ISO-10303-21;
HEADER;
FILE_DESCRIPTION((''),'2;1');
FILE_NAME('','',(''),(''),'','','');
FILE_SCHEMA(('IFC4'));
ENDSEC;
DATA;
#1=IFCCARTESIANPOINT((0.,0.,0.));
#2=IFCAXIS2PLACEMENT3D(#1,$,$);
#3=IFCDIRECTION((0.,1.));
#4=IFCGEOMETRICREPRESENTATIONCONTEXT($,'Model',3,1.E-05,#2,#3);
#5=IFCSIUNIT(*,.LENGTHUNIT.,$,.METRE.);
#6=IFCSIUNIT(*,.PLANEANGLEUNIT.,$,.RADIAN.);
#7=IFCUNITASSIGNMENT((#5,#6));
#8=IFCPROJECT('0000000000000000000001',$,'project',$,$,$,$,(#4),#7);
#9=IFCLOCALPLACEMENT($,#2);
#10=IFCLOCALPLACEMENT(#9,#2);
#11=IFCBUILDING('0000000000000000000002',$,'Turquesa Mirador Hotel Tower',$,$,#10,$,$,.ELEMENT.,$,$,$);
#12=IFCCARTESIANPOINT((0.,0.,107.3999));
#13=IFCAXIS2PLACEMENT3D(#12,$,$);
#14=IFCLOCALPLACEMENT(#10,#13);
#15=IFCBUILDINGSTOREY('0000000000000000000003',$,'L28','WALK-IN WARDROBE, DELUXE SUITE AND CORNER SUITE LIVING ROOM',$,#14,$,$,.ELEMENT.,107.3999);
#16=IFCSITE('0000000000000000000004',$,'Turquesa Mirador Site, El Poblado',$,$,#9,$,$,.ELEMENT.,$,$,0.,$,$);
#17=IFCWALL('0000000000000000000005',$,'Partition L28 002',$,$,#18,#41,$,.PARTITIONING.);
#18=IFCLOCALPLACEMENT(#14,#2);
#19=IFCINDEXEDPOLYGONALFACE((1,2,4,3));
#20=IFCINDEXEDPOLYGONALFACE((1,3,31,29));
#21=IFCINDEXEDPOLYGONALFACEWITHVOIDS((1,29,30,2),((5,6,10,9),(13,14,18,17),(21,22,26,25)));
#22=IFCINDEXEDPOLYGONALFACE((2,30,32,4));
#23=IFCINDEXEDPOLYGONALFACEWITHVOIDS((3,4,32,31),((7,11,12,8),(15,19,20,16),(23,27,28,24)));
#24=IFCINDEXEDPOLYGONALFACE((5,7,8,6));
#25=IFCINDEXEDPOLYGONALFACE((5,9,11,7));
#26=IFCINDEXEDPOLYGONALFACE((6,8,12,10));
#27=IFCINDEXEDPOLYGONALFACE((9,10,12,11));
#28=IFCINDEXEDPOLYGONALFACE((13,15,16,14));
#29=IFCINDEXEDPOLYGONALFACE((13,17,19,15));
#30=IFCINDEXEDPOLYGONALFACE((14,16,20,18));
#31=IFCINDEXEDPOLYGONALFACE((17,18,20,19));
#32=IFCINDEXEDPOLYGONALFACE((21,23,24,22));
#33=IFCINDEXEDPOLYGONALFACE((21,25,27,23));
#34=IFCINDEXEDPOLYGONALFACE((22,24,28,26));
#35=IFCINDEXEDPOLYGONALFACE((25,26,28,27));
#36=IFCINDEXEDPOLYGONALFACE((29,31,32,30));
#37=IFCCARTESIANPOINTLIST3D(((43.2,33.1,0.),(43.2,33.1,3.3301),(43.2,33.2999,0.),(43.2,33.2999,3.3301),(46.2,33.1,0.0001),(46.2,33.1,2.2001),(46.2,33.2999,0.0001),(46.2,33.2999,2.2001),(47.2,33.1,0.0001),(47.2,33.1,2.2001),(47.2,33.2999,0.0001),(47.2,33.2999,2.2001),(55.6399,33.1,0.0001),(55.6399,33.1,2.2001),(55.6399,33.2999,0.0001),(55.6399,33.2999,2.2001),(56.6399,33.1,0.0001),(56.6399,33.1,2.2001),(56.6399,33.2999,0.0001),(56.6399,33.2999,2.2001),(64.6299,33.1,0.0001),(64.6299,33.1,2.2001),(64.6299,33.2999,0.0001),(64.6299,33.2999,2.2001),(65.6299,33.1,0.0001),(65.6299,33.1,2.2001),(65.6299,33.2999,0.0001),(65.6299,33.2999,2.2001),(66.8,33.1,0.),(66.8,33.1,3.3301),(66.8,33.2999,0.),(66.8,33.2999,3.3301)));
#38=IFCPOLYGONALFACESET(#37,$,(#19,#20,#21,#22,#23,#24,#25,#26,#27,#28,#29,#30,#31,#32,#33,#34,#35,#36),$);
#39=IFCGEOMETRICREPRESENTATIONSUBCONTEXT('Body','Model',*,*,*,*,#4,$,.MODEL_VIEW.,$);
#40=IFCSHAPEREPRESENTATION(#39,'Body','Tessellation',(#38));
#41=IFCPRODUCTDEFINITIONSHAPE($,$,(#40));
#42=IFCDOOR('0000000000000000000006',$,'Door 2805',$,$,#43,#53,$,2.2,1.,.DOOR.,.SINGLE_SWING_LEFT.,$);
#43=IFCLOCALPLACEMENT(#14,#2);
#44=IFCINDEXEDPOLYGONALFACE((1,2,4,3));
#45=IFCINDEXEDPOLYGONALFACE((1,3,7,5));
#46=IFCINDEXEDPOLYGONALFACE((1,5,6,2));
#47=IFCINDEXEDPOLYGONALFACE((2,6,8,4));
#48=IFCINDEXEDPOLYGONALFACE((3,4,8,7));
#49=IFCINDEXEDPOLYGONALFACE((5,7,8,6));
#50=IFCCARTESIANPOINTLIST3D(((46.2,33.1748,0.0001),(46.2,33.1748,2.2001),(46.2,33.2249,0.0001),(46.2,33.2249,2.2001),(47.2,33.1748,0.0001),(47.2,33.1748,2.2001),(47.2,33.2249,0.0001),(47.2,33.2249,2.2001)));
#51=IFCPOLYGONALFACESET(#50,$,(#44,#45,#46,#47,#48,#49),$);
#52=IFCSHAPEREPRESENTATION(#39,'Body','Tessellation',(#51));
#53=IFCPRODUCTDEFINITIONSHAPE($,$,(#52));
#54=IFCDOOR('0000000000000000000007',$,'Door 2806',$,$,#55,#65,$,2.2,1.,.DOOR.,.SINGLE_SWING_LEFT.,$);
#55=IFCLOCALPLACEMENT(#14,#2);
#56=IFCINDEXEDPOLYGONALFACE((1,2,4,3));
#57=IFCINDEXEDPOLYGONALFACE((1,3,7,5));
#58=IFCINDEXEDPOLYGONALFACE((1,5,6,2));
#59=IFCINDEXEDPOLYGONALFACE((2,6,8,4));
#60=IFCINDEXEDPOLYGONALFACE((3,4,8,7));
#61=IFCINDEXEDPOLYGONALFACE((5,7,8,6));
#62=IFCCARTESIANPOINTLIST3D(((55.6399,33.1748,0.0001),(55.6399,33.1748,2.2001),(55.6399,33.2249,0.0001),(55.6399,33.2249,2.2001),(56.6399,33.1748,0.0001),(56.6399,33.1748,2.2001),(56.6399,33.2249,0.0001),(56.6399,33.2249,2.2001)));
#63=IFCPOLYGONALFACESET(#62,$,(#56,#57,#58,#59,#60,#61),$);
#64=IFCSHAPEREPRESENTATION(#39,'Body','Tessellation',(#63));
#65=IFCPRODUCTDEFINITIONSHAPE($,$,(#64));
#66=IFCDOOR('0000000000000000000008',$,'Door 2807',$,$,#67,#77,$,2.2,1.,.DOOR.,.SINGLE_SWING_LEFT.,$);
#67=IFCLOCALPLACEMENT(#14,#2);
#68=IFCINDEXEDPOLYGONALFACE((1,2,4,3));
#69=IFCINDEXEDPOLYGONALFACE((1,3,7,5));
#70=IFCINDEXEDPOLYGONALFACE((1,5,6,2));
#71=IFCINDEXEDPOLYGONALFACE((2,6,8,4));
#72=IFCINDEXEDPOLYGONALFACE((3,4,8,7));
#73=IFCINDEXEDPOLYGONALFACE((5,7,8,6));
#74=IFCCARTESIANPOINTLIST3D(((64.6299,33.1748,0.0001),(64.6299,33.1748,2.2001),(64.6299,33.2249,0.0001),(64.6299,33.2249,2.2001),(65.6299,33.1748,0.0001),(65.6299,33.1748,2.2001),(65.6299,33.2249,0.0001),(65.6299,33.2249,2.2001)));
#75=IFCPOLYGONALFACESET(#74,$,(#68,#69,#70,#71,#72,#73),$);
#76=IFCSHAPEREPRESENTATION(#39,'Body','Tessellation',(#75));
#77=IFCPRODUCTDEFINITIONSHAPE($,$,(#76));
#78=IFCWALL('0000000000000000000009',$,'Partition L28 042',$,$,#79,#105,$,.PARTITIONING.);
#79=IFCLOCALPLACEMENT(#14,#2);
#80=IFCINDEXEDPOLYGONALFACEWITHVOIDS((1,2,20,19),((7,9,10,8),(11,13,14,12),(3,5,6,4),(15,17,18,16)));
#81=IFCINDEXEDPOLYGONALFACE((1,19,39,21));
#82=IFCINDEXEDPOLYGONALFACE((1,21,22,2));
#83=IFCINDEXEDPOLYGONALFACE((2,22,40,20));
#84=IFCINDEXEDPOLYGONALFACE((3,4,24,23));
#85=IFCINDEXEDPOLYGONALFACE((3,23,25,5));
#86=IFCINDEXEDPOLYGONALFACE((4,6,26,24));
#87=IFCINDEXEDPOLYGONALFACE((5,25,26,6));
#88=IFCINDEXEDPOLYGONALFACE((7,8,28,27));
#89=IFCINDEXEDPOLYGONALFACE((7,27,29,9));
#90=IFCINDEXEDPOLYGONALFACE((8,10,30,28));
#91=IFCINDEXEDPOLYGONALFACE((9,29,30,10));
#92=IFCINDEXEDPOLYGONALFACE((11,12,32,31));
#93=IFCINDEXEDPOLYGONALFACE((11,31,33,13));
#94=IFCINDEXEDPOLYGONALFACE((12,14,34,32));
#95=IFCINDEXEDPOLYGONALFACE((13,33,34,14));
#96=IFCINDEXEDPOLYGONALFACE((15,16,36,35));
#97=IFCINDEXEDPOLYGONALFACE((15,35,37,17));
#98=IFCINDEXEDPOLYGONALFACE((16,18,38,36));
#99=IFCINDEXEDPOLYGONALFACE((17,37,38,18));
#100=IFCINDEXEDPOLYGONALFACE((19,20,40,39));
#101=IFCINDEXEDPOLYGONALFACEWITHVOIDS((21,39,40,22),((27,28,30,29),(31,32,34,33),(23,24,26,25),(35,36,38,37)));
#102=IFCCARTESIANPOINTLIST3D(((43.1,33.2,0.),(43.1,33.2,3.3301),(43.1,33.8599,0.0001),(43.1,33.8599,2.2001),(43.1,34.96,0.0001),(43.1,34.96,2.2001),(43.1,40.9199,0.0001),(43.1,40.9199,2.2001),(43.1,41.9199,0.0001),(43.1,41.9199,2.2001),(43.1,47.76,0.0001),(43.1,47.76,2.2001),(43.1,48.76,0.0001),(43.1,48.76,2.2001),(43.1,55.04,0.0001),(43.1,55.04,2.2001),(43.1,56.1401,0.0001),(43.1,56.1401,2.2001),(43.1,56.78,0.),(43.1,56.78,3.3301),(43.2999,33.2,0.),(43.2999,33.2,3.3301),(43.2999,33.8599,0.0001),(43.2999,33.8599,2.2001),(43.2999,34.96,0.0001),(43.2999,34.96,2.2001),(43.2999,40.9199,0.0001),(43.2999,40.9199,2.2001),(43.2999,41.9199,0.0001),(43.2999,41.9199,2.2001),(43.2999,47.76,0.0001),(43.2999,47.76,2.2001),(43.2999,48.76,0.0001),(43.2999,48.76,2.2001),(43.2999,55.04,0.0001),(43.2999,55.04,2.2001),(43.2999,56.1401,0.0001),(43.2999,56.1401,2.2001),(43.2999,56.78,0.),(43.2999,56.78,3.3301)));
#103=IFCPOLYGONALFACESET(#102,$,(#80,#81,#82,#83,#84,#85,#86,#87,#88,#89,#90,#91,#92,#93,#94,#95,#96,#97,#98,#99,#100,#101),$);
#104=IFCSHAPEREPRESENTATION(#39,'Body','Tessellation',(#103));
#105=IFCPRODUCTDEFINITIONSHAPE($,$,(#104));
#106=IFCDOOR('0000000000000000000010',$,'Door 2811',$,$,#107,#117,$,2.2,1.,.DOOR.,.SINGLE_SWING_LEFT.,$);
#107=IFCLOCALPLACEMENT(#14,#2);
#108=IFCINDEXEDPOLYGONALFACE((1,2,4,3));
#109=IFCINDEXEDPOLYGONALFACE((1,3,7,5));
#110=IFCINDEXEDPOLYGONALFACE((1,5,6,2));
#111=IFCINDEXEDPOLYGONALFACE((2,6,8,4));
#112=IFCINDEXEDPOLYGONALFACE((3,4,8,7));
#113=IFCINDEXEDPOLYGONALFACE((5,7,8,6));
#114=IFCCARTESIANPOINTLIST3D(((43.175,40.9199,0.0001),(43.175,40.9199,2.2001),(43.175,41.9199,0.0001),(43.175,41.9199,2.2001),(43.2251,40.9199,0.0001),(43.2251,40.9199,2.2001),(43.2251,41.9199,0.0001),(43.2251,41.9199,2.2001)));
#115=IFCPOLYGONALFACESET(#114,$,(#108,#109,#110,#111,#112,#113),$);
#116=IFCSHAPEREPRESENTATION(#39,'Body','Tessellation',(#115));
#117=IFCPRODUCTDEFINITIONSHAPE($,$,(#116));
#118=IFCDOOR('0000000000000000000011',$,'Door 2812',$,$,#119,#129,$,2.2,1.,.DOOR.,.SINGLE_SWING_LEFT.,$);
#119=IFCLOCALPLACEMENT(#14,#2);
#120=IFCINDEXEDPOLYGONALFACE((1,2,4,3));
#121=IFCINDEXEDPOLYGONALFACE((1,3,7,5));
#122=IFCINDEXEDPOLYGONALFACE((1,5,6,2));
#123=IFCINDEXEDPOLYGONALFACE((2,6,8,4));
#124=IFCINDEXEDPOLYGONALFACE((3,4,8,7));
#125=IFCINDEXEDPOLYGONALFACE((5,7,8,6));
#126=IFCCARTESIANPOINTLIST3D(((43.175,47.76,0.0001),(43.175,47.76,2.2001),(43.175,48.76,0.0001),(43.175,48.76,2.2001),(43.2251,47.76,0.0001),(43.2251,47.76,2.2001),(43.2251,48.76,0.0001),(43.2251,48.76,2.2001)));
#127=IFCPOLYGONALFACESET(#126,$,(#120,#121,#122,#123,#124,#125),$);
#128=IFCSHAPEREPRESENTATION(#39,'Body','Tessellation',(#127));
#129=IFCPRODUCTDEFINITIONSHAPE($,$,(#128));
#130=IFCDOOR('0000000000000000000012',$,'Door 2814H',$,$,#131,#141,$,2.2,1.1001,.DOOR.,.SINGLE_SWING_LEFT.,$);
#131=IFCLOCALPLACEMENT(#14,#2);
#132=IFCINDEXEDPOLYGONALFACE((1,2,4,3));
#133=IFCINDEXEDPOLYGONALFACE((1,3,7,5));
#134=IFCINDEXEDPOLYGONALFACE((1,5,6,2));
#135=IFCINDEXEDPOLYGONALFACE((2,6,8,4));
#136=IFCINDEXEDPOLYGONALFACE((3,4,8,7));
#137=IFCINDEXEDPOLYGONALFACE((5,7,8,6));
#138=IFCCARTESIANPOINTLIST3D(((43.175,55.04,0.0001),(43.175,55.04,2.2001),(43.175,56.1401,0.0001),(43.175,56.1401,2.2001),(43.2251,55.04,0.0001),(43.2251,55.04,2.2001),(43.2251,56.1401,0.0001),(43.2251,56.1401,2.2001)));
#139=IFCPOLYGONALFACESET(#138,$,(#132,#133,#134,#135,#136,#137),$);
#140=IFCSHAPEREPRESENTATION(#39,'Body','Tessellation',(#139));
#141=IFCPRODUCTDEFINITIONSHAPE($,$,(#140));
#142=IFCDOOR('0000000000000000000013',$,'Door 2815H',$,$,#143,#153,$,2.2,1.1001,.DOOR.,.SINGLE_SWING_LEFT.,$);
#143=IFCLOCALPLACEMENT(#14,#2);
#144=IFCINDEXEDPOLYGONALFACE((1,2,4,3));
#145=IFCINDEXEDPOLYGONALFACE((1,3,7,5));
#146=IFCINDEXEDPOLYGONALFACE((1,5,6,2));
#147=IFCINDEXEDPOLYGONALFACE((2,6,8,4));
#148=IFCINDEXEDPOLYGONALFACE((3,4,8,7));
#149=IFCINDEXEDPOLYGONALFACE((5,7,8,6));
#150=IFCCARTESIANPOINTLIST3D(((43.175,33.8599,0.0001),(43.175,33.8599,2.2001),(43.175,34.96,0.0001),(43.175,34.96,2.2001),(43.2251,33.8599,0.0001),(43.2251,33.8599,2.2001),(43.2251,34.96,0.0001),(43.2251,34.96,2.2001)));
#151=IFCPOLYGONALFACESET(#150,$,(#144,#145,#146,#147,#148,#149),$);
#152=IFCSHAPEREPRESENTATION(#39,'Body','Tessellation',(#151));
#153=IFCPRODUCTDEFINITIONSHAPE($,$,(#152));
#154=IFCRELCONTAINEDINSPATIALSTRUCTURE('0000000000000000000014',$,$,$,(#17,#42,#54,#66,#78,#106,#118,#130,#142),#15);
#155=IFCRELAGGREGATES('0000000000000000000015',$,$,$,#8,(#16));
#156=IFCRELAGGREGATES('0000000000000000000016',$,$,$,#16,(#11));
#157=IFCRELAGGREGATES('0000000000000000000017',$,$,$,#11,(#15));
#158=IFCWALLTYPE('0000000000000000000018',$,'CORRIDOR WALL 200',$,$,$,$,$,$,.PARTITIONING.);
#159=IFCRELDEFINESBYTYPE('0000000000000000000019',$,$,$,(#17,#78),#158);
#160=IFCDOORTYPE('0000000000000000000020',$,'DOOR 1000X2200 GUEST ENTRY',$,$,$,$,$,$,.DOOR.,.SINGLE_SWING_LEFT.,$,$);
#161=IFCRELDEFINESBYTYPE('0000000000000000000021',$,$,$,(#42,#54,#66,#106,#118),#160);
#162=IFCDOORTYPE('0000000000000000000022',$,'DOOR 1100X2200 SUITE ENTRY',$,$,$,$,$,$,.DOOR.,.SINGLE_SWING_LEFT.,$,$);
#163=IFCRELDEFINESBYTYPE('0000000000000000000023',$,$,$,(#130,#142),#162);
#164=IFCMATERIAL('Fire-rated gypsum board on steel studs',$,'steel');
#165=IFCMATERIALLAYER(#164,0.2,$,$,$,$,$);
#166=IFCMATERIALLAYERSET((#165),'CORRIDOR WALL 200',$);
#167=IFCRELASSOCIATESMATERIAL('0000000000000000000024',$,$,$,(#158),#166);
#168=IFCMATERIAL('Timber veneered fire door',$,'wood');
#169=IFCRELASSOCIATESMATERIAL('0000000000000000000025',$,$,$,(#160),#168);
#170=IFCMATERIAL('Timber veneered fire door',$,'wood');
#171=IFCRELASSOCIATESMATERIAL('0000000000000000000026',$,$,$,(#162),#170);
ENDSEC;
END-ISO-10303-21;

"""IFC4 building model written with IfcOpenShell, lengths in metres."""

from ifc_helpers import new_model, si_unit, direction, frame, frame_2d, origin, place, context, subcontext, project, spatial, rectangle, extrude, material, layer, layer_set, type_object, element, fill, save


model = new_model("IFC4")

# Units and contexts
model_context = context("Model", 3, precision=1e-05, world=origin(), true_north=direction((0.0, 1.0)))
body_context = subcontext(model_context, "Body", "Model", "MODEL_VIEW")
ifc_project = project(units=[si_unit("LENGTHUNIT", "METRE"), si_unit("PLANEANGLEUNIT", "RADIAN")], contexts=[model_context])

# Site, building, storey
site_placement = place(None, origin())
site = spatial("IfcSite", under=ifc_project, at=site_placement, Name="Turquesa Mirador Site, El Poblado", CompositionType="ELEMENT", RefElevation=0.0)
building_placement = place(site_placement, origin())
building = spatial("IfcBuilding", under=site, at=building_placement, Name="Turquesa Mirador Hotel Tower", CompositionType="ELEMENT")
storey_placement = place(building_placement, frame((0.0, 0.0, 107.3999)))
storey = spatial("IfcBuildingStorey", under=building, at=storey_placement, Name="L28", Description="WALK-IN WARDROBE, DELUXE SUITE AND CORNER SUITE LIVING ROOM", CompositionType="ELEMENT", Elevation=107.3999)

# Walls, openings, doors
ifc_material_1 = material(Name="Fire-rated gypsum board on steel studs", Category="steel")
ifc_layer_1 = layer(ifc_material_1, 0.2)
ifc_layer_set_1 = layer_set([ifc_layer_1], Name="CORRIDOR WALL 200")
wall_type_1 = type_object("IfcWallType", Name="CORRIDOR WALL 200", PredefinedType="PARTITIONING", material=ifc_layer_set_1)
wall_1_placement = place(storey_placement, frame((43.2, 33.2, 0.0), z_axis=(0.0, 0.0, 1.0), x_axis=(1.0, 0.0, 0.0)))
wall_1 = element("IfcWall", 1, at=wall_1_placement, inside=storey, type_object=wall_type_1, Name="Partition L28 002", PredefinedType="PARTITIONING", context=body_context, shape_type="SweptSolid", body=[
    extrude(rectangle(XDim=23.6001, YDim=0.2, at=frame_2d((11.8, 0.0))), origin(), (0.0, 0.0, 1.0), 3.3301),
])
opening_1_placement = place(wall_1_placement, frame((3.0, 0.0, 0.0)))
opening_1 = element("IfcOpeningElement", 2, at=opening_1_placement, cuts=wall_1, PredefinedType="OPENING", context=body_context, shape_type="SweptSolid", body=[
    extrude(rectangle(XDim=1.0, YDim=2.2, at=frame_2d((0.5, 1.1001))), frame((0.0, 0.1099, 0.0), z_axis=(0.0, -1.0, 0.0), x_axis=(1.0, 0.0, 0.0)), (0.0, 0.0, 1.0), 0.22),
])
opening_2_placement = place(wall_1_placement, frame((12.4399, 0.0, 0.0)))
opening_2 = element("IfcOpeningElement", 3, at=opening_2_placement, cuts=wall_1, PredefinedType="OPENING", context=body_context, shape_type="SweptSolid", body=[
    extrude(rectangle(XDim=1.0, YDim=2.2, at=frame_2d((0.5, 1.1001))), frame((0.0, 0.1099, 0.0), z_axis=(0.0, -1.0, 0.0), x_axis=(1.0, 0.0, 0.0)), (0.0, 0.0, 1.0), 0.22),
])
opening_3_placement = place(wall_1_placement, frame((21.4299, 0.0, 0.0)))
opening_3 = element("IfcOpeningElement", 4, at=opening_3_placement, cuts=wall_1, PredefinedType="OPENING", context=body_context, shape_type="SweptSolid", body=[
    extrude(rectangle(XDim=1.0, YDim=2.2, at=frame_2d((0.5, 1.1001))), frame((0.0, 0.1099, 0.0), z_axis=(0.0, -1.0, 0.0), x_axis=(1.0, 0.0, 0.0)), (0.0, 0.0, 1.0), 0.22),
])
ifc_material_2 = material(Name="Timber veneered fire door", Category="wood")
door_type_1 = type_object("IfcDoorType", Name="DOOR 1000X2200 GUEST ENTRY", OperationType="SINGLE_SWING_LEFT", PredefinedType="DOOR", material=ifc_material_2)
door_1_placement = place(opening_1_placement, origin())
door_1 = element("IfcDoor", 5, at=door_1_placement, inside=storey, type_object=door_type_1, Name="Door 2805", OperationType="SINGLE_SWING_LEFT", OverallHeight=2.2, OverallWidth=1.0, PredefinedType="DOOR", context=body_context, shape_type="SweptSolid", body=[
    extrude(rectangle(XDim=1.0, YDim=2.2, at=frame_2d((0.5, 1.1001))), frame((0.0, 0.0249, 0.0), z_axis=(0.0, -1.0, 0.0), x_axis=(1.0, 0.0, 0.0)), (0.0, 0.0, 1.0), 0.05),
])
fill(opening_1, door_1)
door_2_placement = place(opening_2_placement, origin())
door_2 = element("IfcDoor", 6, at=door_2_placement, inside=storey, type_object=door_type_1, Name="Door 2806", OperationType="SINGLE_SWING_LEFT", OverallHeight=2.2, OverallWidth=1.0, PredefinedType="DOOR", context=body_context, shape_type="SweptSolid", body=[
    extrude(rectangle(XDim=1.0, YDim=2.2, at=frame_2d((0.5, 1.1001))), frame((0.0, 0.0249, 0.0), z_axis=(0.0, -1.0, 0.0), x_axis=(1.0, 0.0, 0.0)), (0.0, 0.0, 1.0), 0.05),
])
fill(opening_2, door_2)
door_3_placement = place(opening_3_placement, origin())
door_3 = element("IfcDoor", 7, at=door_3_placement, inside=storey, type_object=door_type_1, Name="Door 2807", OperationType="SINGLE_SWING_LEFT", OverallHeight=2.2, OverallWidth=1.0, PredefinedType="DOOR", context=body_context, shape_type="SweptSolid", body=[
    extrude(rectangle(XDim=1.0, YDim=2.2, at=frame_2d((0.5, 1.1001))), frame((0.0, 0.0249, 0.0), z_axis=(0.0, -1.0, 0.0), x_axis=(1.0, 0.0, 0.0)), (0.0, 0.0, 1.0), 0.05),
])
fill(opening_3, door_3)
wall_2_placement = place(storey_placement, frame((43.2, 33.2, 0.0), z_axis=(0.0, 0.0, 1.0), x_axis=(0.0, 1.0, 0.0)))
wall_2 = element("IfcWall", 8, at=wall_2_placement, inside=storey, type_object=wall_type_1, Name="Partition L28 042", PredefinedType="PARTITIONING", context=body_context, shape_type="SweptSolid", body=[
    extrude(rectangle(XDim=23.5801, YDim=0.2, at=frame_2d((11.79, 0.0))), origin(), (0.0, 0.0, 1.0), 3.3301),
])
opening_4_placement = place(wall_2_placement, frame((7.72, 0.0, 0.0)))
opening_4 = element("IfcOpeningElement", 9, at=opening_4_placement, cuts=wall_2, PredefinedType="OPENING", context=body_context, shape_type="SweptSolid", body=[
    extrude(rectangle(XDim=1.0, YDim=2.2, at=frame_2d((0.5, 1.1001))), frame((0.0, 0.1099, 0.0), z_axis=(0.0, -1.0, 0.0), x_axis=(1.0, 0.0, 0.0)), (0.0, 0.0, 1.0), 0.22),
])
opening_5_placement = place(wall_2_placement, frame((14.5601, 0.0, 0.0)))
opening_5 = element("IfcOpeningElement", 10, at=opening_5_placement, cuts=wall_2, PredefinedType="OPENING", context=body_context, shape_type="SweptSolid", body=[
    extrude(rectangle(XDim=1.0, YDim=2.2, at=frame_2d((0.5, 1.1001))), frame((0.0, 0.1099, 0.0), z_axis=(0.0, -1.0, 0.0), x_axis=(1.0, 0.0, 0.0)), (0.0, 0.0, 1.0), 0.22),
])
opening_6_placement = place(wall_2_placement, frame((21.8401, 0.0, 0.0)))
opening_6 = element("IfcOpeningElement", 11, at=opening_6_placement, cuts=wall_2, PredefinedType="OPENING", context=body_context, shape_type="SweptSolid", body=[
    extrude(rectangle(XDim=1.1001, YDim=2.2, at=frame_2d((0.55, 1.1001))), frame((0.0, 0.1099, 0.0), z_axis=(0.0, -1.0, 0.0), x_axis=(1.0, 0.0, 0.0)), (0.0, 0.0, 1.0), 0.22),
])
opening_7_placement = place(wall_2_placement, frame((0.6599, 0.0, 0.0)))
opening_7 = element("IfcOpeningElement", 12, at=opening_7_placement, cuts=wall_2, PredefinedType="OPENING", context=body_context, shape_type="SweptSolid", body=[
    extrude(rectangle(XDim=1.1001, YDim=2.2, at=frame_2d((0.55, 1.1001))), frame((0.0, 0.1099, 0.0), z_axis=(0.0, -1.0, 0.0), x_axis=(1.0, 0.0, 0.0)), (0.0, 0.0, 1.0), 0.22),
])
door_4_placement = place(opening_4_placement, origin())
door_4 = element("IfcDoor", 13, at=door_4_placement, inside=storey, type_object=door_type_1, Name="Door 2811", OperationType="SINGLE_SWING_LEFT", OverallHeight=2.2, OverallWidth=1.0, PredefinedType="DOOR", context=body_context, shape_type="SweptSolid", body=[
    extrude(rectangle(XDim=1.0, YDim=2.2, at=frame_2d((0.5, 1.1001))), frame((0.0, 0.0249, 0.0), z_axis=(0.0, -1.0, 0.0), x_axis=(1.0, 0.0, 0.0)), (0.0, 0.0, 1.0), 0.05),
])
fill(opening_4, door_4)
door_5_placement = place(opening_5_placement, origin())
door_5 = element("IfcDoor", 14, at=door_5_placement, inside=storey, type_object=door_type_1, Name="Door 2812", OperationType="SINGLE_SWING_LEFT", OverallHeight=2.2, OverallWidth=1.0, PredefinedType="DOOR", context=body_context, shape_type="SweptSolid", body=[
    extrude(rectangle(XDim=1.0, YDim=2.2, at=frame_2d((0.5, 1.1001))), frame((0.0, 0.0249, 0.0), z_axis=(0.0, -1.0, 0.0), x_axis=(1.0, 0.0, 0.0)), (0.0, 0.0, 1.0), 0.05),
])
fill(opening_5, door_5)
ifc_material_3 = material(Name="Timber veneered fire door", Category="wood")
door_type_2 = type_object("IfcDoorType", Name="DOOR 1100X2200 SUITE ENTRY", OperationType="SINGLE_SWING_LEFT", PredefinedType="DOOR", material=ifc_material_3)
door_6_placement = place(opening_6_placement, origin())
door_6 = element("IfcDoor", 15, at=door_6_placement, inside=storey, type_object=door_type_2, Name="Door 2814H", OperationType="SINGLE_SWING_LEFT", OverallHeight=2.2, OverallWidth=1.1001, PredefinedType="DOOR", context=body_context, shape_type="SweptSolid", body=[
    extrude(rectangle(XDim=1.1001, YDim=2.2, at=frame_2d((0.55, 1.1001))), frame((0.0, 0.0249, 0.0), z_axis=(0.0, -1.0, 0.0), x_axis=(1.0, 0.0, 0.0)), (0.0, 0.0, 1.0), 0.05),
])
fill(opening_6, door_6)
door_7_placement = place(opening_7_placement, origin())
door_7 = element("IfcDoor", 16, at=door_7_placement, inside=storey, type_object=door_type_2, Name="Door 2815H", OperationType="SINGLE_SWING_LEFT", OverallHeight=2.2, OverallWidth=1.1001, PredefinedType="DOOR", context=body_context, shape_type="SweptSolid", body=[
    extrude(rectangle(XDim=1.1001, YDim=2.2, at=frame_2d((0.55, 1.1001))), frame((0.0, 0.0249, 0.0), z_axis=(0.0, -1.0, 0.0), x_axis=(1.0, 0.0, 0.0)), (0.0, 0.0, 1.0), 0.05),
])
fill(opening_7, door_7)

save(model, "model.ifc")
